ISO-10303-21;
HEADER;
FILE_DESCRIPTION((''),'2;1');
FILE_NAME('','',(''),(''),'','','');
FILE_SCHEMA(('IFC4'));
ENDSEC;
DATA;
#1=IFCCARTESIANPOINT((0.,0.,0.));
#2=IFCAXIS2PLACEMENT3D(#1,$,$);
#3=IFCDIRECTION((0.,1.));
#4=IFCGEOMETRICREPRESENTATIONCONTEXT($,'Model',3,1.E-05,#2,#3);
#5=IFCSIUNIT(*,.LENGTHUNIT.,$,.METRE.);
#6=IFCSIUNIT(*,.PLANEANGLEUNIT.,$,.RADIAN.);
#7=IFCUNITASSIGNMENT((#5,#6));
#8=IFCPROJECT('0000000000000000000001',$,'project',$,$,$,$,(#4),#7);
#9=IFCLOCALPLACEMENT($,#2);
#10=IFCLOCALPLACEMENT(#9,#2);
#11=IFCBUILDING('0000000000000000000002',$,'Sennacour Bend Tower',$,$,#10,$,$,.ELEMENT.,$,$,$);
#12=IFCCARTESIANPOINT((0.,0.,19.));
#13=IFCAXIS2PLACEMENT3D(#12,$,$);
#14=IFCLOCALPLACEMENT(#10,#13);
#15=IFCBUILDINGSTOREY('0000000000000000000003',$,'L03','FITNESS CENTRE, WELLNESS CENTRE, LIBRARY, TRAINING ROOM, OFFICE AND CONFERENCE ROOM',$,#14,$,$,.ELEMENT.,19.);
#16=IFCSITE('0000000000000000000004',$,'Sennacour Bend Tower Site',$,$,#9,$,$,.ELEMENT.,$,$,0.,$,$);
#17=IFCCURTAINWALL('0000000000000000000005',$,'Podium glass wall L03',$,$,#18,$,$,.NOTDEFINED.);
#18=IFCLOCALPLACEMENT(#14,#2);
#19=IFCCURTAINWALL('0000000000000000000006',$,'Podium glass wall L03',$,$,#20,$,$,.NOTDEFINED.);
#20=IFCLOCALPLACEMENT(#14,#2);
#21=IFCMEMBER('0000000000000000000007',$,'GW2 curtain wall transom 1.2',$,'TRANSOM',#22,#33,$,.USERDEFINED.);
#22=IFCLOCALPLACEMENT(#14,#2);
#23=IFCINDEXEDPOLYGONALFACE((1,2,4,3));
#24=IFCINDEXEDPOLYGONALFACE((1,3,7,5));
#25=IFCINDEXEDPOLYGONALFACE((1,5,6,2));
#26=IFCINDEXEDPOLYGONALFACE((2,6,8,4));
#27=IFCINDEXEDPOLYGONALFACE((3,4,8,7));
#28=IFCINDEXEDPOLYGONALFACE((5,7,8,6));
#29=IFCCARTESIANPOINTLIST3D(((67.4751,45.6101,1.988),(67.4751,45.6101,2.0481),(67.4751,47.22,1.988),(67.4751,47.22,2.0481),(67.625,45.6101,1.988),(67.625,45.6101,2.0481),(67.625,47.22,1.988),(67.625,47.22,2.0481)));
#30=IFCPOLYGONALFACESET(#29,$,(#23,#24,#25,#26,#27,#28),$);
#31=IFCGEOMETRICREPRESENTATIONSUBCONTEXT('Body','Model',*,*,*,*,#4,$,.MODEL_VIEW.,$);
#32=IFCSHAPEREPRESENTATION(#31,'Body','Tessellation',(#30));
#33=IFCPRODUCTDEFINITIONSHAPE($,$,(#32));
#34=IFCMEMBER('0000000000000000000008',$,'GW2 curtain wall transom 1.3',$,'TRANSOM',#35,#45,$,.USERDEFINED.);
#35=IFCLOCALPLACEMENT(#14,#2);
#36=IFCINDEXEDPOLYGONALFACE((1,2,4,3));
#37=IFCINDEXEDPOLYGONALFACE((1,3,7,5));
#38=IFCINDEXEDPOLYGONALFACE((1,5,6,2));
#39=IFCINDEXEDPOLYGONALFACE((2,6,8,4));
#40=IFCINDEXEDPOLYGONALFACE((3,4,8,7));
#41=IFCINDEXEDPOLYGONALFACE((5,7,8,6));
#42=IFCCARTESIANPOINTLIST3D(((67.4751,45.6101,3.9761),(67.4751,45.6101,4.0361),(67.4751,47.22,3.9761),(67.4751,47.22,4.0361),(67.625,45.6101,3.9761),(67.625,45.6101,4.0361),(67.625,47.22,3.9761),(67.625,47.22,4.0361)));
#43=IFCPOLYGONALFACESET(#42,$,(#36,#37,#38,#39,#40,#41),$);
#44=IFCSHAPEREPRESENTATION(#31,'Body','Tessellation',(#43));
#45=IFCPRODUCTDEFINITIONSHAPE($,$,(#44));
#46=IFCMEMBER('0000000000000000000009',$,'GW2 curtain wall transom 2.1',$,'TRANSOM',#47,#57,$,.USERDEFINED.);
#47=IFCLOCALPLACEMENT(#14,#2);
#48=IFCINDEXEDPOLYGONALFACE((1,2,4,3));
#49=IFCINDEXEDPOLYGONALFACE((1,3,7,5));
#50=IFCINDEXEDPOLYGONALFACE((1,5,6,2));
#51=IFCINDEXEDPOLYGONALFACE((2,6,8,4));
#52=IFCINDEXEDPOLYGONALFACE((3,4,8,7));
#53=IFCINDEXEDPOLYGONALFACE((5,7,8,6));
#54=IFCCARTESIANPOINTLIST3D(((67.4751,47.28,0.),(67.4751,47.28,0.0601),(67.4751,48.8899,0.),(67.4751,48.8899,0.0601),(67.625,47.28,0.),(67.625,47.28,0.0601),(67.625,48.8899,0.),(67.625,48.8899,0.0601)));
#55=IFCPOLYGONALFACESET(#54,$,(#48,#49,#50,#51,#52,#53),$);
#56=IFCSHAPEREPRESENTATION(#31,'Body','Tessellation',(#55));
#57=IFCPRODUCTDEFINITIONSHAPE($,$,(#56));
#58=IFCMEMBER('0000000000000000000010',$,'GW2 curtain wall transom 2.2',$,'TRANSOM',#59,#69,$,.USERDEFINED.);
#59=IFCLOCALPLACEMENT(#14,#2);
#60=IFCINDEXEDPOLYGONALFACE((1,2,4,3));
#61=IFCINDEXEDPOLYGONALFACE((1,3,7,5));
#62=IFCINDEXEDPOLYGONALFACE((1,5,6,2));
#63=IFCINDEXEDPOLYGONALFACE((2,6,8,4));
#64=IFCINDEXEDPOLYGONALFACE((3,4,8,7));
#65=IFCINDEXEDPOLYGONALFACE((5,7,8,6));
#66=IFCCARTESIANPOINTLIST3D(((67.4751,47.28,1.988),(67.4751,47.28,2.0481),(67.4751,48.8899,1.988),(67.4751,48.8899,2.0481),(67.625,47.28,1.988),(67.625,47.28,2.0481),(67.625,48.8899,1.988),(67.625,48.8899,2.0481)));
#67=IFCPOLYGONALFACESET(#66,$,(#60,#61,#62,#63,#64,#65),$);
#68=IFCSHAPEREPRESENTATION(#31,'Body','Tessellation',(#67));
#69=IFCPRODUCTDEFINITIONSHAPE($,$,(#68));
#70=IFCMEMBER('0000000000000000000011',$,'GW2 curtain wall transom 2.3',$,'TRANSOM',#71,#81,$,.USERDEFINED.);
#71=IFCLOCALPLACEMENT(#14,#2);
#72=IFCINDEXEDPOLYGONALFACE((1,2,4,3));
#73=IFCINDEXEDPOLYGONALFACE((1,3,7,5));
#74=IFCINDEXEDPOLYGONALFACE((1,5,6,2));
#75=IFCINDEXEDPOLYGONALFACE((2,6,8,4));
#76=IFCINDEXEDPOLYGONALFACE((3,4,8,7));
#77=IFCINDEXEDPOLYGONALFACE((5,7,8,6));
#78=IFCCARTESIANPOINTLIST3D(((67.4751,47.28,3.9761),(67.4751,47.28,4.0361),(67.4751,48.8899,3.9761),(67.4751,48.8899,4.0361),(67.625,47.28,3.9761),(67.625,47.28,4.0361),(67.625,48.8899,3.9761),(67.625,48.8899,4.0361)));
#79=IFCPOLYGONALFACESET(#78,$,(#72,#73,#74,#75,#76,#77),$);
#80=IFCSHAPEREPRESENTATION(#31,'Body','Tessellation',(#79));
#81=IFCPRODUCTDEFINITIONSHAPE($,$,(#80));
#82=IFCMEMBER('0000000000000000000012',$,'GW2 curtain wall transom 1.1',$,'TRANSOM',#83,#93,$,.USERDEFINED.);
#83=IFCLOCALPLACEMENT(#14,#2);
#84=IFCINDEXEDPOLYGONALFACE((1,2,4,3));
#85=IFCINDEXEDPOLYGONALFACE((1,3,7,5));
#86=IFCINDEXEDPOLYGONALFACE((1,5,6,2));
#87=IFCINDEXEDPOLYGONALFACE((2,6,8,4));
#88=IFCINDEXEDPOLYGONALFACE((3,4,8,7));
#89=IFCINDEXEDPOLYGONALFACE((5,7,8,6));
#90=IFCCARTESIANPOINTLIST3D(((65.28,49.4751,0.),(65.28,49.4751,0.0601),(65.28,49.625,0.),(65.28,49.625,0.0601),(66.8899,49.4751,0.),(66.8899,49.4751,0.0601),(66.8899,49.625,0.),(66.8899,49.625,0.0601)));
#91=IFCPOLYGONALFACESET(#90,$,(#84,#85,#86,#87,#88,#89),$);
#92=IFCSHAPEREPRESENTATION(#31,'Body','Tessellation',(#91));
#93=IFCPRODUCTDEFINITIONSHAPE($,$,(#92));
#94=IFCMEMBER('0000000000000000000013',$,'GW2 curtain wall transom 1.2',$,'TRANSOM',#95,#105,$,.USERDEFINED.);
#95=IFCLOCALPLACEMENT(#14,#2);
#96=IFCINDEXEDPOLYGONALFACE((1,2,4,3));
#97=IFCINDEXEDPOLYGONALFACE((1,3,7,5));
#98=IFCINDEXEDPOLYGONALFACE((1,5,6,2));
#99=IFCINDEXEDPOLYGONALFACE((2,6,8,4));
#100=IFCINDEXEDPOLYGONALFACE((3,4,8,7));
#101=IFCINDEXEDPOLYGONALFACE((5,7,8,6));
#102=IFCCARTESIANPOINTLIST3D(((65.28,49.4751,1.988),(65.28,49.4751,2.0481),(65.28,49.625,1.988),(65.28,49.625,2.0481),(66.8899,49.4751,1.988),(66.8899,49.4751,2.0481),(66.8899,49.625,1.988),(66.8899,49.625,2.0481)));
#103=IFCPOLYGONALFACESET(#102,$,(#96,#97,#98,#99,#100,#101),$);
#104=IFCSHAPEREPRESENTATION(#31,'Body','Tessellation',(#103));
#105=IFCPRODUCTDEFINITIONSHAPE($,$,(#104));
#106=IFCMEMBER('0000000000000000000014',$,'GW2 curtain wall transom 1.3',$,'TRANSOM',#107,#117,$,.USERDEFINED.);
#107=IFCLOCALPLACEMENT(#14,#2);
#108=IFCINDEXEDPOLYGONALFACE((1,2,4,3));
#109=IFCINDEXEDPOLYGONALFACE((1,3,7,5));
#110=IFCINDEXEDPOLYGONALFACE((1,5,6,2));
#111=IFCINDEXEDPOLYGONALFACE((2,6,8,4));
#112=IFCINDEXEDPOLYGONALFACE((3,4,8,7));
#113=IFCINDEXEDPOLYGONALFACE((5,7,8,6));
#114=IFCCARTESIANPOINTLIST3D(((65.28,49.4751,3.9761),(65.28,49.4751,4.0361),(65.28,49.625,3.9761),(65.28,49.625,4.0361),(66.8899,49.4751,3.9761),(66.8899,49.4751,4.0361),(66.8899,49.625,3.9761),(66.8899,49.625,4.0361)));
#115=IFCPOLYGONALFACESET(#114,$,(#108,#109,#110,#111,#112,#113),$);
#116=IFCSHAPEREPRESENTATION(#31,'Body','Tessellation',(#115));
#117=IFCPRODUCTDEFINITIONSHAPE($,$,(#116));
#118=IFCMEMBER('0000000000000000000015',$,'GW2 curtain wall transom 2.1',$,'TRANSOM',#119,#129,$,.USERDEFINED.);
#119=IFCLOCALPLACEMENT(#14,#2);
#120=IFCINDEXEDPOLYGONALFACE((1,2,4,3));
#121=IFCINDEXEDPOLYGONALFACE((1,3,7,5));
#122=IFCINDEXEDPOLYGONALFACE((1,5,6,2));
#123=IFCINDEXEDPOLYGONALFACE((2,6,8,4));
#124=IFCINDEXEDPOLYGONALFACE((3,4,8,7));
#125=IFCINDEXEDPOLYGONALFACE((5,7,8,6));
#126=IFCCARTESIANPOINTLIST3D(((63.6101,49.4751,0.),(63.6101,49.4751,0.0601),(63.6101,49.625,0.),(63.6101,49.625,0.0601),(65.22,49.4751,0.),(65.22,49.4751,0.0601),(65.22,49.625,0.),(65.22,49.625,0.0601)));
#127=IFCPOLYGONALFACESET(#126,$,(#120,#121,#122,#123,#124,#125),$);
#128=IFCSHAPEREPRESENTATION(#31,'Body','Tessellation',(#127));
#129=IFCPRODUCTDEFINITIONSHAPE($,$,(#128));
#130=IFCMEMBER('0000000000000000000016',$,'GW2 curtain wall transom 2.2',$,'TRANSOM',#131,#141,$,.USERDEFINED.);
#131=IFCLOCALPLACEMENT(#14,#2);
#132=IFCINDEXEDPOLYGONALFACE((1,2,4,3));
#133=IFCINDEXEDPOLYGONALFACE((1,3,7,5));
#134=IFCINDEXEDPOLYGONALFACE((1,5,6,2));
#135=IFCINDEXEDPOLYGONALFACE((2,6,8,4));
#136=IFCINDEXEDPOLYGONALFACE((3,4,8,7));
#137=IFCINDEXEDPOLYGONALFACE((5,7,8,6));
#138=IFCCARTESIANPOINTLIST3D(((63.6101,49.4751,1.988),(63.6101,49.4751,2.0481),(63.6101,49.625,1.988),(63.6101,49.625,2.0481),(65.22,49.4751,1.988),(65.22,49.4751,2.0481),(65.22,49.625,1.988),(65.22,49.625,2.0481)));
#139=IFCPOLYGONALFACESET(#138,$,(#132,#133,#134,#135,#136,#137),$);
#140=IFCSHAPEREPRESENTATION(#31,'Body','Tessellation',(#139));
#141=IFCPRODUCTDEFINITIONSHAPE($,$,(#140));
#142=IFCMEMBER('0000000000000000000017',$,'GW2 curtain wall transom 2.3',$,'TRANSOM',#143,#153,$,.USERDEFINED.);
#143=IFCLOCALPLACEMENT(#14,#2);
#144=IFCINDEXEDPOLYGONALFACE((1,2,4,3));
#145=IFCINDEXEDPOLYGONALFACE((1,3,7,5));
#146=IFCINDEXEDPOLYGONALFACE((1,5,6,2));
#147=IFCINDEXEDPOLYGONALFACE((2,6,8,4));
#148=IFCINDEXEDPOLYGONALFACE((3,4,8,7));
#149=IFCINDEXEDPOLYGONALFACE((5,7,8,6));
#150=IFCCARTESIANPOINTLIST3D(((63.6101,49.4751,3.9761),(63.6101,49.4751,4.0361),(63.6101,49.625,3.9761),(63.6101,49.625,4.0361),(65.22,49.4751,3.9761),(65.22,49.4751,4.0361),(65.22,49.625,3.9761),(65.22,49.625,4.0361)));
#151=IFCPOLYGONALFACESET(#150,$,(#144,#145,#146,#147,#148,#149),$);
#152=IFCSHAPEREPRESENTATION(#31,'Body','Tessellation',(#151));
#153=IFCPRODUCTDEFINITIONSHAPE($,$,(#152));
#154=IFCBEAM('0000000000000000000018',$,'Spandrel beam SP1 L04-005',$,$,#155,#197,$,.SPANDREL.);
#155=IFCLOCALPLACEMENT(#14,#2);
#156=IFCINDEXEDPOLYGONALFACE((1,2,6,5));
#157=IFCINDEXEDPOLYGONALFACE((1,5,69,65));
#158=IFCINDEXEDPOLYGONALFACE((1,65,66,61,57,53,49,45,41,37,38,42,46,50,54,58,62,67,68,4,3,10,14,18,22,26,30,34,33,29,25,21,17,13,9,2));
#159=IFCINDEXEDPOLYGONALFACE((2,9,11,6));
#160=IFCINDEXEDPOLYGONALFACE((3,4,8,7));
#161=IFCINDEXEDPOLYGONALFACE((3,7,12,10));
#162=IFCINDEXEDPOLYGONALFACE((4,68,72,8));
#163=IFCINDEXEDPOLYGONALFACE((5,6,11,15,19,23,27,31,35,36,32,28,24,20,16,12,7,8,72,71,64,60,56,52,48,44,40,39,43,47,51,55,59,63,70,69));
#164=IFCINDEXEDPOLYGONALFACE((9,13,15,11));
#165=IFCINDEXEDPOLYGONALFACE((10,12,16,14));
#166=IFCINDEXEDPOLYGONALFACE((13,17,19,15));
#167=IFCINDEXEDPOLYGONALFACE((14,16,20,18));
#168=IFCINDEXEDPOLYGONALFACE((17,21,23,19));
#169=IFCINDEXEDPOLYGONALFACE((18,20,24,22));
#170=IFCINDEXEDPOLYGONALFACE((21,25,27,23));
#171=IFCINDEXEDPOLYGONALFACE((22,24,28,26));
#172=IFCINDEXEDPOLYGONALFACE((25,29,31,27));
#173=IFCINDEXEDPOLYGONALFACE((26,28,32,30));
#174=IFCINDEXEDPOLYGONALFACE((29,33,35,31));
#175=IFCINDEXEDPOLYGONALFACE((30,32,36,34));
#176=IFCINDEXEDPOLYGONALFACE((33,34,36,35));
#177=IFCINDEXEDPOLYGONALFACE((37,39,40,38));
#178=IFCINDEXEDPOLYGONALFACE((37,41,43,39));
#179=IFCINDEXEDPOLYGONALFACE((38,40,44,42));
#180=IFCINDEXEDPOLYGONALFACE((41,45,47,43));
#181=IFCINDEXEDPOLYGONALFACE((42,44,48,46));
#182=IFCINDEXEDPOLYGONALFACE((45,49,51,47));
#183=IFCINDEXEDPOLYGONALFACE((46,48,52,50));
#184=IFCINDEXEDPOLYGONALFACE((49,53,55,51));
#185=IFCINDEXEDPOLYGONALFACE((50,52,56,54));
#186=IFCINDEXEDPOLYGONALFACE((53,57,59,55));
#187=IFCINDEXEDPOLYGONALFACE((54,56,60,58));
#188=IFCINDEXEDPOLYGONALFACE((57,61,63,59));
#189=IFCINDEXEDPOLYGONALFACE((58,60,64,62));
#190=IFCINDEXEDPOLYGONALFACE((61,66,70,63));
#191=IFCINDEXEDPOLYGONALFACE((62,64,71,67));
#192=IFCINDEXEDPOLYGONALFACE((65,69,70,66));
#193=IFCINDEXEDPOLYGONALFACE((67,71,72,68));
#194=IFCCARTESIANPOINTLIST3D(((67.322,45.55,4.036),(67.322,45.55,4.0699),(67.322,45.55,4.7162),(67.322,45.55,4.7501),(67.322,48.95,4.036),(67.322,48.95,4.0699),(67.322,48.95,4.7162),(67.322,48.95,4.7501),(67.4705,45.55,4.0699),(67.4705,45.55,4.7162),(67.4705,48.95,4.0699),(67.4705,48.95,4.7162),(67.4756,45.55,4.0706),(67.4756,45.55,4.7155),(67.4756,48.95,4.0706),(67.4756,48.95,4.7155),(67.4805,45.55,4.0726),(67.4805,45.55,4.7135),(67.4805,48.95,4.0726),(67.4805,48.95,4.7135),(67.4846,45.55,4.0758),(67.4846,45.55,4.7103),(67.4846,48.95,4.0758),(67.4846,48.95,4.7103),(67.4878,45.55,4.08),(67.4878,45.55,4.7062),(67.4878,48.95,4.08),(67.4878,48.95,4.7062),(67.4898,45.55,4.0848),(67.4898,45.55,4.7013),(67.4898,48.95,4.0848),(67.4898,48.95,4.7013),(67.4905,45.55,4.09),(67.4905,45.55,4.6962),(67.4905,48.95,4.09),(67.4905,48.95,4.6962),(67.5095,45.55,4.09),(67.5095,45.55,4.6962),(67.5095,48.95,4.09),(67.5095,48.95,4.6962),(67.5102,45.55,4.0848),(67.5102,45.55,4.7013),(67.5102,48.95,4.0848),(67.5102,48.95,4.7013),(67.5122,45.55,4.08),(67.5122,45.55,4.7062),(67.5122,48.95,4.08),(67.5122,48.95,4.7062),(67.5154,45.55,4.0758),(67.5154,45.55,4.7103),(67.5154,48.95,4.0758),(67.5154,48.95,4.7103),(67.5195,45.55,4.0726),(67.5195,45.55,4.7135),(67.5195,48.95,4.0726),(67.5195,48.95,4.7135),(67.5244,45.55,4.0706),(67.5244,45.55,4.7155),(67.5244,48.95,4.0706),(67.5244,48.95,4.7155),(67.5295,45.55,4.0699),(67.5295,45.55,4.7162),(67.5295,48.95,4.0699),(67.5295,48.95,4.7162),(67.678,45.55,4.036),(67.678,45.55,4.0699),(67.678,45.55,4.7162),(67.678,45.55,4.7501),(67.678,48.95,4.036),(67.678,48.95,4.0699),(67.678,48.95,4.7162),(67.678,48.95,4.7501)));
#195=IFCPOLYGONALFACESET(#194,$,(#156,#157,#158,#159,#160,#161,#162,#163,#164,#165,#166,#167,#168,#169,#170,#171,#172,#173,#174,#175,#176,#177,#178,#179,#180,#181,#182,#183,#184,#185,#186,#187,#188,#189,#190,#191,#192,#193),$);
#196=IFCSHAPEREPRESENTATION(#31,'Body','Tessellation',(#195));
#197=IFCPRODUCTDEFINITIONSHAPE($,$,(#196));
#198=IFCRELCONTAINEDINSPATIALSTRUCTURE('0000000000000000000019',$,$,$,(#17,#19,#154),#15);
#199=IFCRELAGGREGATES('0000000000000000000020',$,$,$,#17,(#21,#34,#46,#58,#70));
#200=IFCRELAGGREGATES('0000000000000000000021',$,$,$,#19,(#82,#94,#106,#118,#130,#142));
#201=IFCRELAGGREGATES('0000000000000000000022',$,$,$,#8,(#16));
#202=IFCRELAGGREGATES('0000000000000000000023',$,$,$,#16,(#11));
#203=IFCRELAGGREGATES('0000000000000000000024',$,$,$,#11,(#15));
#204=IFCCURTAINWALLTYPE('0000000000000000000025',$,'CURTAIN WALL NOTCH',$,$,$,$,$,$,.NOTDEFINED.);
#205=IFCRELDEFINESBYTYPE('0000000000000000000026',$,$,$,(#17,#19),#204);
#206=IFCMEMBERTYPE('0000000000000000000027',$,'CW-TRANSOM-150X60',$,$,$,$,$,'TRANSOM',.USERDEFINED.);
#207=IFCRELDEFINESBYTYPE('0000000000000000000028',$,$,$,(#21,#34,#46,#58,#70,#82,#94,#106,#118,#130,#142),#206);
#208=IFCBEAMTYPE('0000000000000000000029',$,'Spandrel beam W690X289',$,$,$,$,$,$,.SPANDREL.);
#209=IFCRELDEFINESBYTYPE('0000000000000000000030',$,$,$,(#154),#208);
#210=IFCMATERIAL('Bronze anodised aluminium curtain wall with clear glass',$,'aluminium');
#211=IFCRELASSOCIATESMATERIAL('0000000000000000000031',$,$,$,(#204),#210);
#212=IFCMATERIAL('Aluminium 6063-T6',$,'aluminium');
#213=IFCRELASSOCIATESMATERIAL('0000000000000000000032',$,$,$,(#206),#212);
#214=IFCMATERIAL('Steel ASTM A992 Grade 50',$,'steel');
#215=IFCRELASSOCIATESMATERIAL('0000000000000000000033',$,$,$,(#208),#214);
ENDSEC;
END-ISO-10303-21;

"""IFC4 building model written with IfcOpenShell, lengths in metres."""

from ifc_helpers import new_model, si_unit, direction, frame, origin, origin_2d, place, context, subcontext, project, spatial, rectangle, i_section, extrude, material, material_profile, profile_set, type_object, element, aggregate, save


model = new_model("IFC4")

# Units and contexts
model_context = context("Model", 3, precision=1e-05, world=origin(), true_north=direction((0.0, 1.0)))
body_context = subcontext(model_context, "Body", "Model", "MODEL_VIEW")
ifc_project = project(units=[si_unit("LENGTHUNIT", "METRE"), si_unit("PLANEANGLEUNIT", "RADIAN")], contexts=[model_context])

# Site, building, storey
site_placement = place(None, origin())
site = spatial("IfcSite", under=ifc_project, at=site_placement, Name="Sennacour Bend Tower Site", CompositionType="ELEMENT", RefElevation=0.0)
building_placement = place(site_placement, origin())
building = spatial("IfcBuilding", under=site, at=building_placement, Name="Sennacour Bend Tower", CompositionType="ELEMENT")
storey_placement = place(building_placement, frame((0.0, 0.0, 19.0)))
storey = spatial("IfcBuildingStorey", under=building, at=storey_placement, Name="L03", Description="FITNESS CENTRE, WELLNESS CENTRE, LIBRARY, TRAINING ROOM, OFFICE AND CONFERENCE ROOM", CompositionType="ELEMENT", Elevation=19.0)

# Curtain walls
ifc_material_1 = material(Name="Bronze anodised aluminium curtain wall with clear glass", Category="aluminium")
curtain_wall_type = type_object("IfcCurtainWallType", Name="CURTAIN WALL NOTCH", PredefinedType="NOTDEFINED", material=ifc_material_1)
ifc_material_2 = material(Name="Aluminium 6063-T6", Category="aluminium")
curtain_wall_1_placement = place(storey_placement, origin())
curtain_wall_1 = element("IfcCurtainWall", 1, at=curtain_wall_1_placement, inside=storey, type_object=curtain_wall_type, Name="Podium glass wall L03", PredefinedType="NOTDEFINED")
curtain_wall_2_placement = place(storey_placement, origin())
curtain_wall_2 = element("IfcCurtainWall", 2, at=curtain_wall_2_placement, inside=storey, type_object=curtain_wall_type, Name="Podium glass wall L03", PredefinedType="NOTDEFINED")

# Members
ifc_material_profile_1 = material_profile(ifc_material_2, rectangle(XDim=0.1499, YDim=0.0601, at=origin_2d()), Name="Aluminium 6063-T6", Category="aluminium")
ifc_profile_set_1 = profile_set([ifc_material_profile_1], Name="Aluminium 6063-T6")
member_type_1 = type_object("IfcMemberType", Name="CW-TRANSOM-150X60", ElementType="TRANSOM", PredefinedType="USERDEFINED", material=ifc_profile_set_1)
member_1_placement = place(storey_placement, frame((67.55, 45.6101, 2.0181), z_axis=(0.0, 1.0, 0.0), x_axis=(-1.0, 0.0, 0.0)))
member_1 = element("IfcMember", 3, at=member_1_placement, type_object=member_type_1, Name="GW2 curtain wall transom 1.2", ObjectType="TRANSOM", PredefinedType="USERDEFINED", context=body_context, shape_type="SweptSolid", body=[
    extrude(rectangle(XDim=0.1499, YDim=0.0601, at=origin_2d()), origin(), (0.0, 0.0, 1.0), 1.6099),
])
member_2_placement = place(storey_placement, frame((67.55, 45.6101, 4.0061), z_axis=(0.0, 1.0, 0.0), x_axis=(-1.0, 0.0, 0.0)))
member_2 = element("IfcMember", 4, at=member_2_placement, type_object=member_type_1, Name="GW2 curtain wall transom 1.3", ObjectType="TRANSOM", PredefinedType="USERDEFINED", context=body_context, shape_type="SweptSolid", body=[
    extrude(rectangle(XDim=0.1499, YDim=0.0601, at=origin_2d()), origin(), (0.0, 0.0, 1.0), 1.6099),
])
member_3_placement = place(storey_placement, frame((67.55, 47.28, 0.03), z_axis=(0.0, 1.0, 0.0), x_axis=(-1.0, 0.0, 0.0)))
member_3 = element("IfcMember", 5, at=member_3_placement, type_object=member_type_1, Name="GW2 curtain wall transom 2.1", ObjectType="TRANSOM", PredefinedType="USERDEFINED", context=body_context, shape_type="SweptSolid", body=[
    extrude(rectangle(XDim=0.1499, YDim=0.0601, at=origin_2d()), origin(), (0.0, 0.0, 1.0), 1.6099),
])
member_4_placement = place(storey_placement, frame((67.55, 47.28, 2.0181), z_axis=(0.0, 1.0, 0.0), x_axis=(-1.0, 0.0, 0.0)))
member_4 = element("IfcMember", 6, at=member_4_placement, type_object=member_type_1, Name="GW2 curtain wall transom 2.2", ObjectType="TRANSOM", PredefinedType="USERDEFINED", context=body_context, shape_type="SweptSolid", body=[
    extrude(rectangle(XDim=0.1499, YDim=0.0601, at=origin_2d()), origin(), (0.0, 0.0, 1.0), 1.6099),
])
member_5_placement = place(storey_placement, frame((67.55, 47.28, 4.0061), z_axis=(0.0, 1.0, 0.0), x_axis=(-1.0, 0.0, 0.0)))
member_5 = element("IfcMember", 7, at=member_5_placement, type_object=member_type_1, Name="GW2 curtain wall transom 2.3", ObjectType="TRANSOM", PredefinedType="USERDEFINED", context=body_context, shape_type="SweptSolid", body=[
    extrude(rectangle(XDim=0.1499, YDim=0.0601, at=origin_2d()), origin(), (0.0, 0.0, 1.0), 1.6099),
])
member_6_placement = place(storey_placement, frame((66.8899, 49.55, 0.03), z_axis=(-1.0, 0.0, 0.0), x_axis=(0.0, -1.0, 0.0)))
member_6 = element("IfcMember", 8, at=member_6_placement, type_object=member_type_1, Name="GW2 curtain wall transom 1.1", ObjectType="TRANSOM", PredefinedType="USERDEFINED", context=body_context, shape_type="SweptSolid", body=[
    extrude(rectangle(XDim=0.1499, YDim=0.0601, at=origin_2d()), origin(), (0.0, 0.0, 1.0), 1.6099),
])
member_7_placement = place(storey_placement, frame((66.8899, 49.55, 2.0181), z_axis=(-1.0, 0.0, 0.0), x_axis=(0.0, -1.0, 0.0)))
member_7 = element("IfcMember", 9, at=member_7_placement, type_object=member_type_1, Name="GW2 curtain wall transom 1.2", ObjectType="TRANSOM", PredefinedType="USERDEFINED", context=body_context, shape_type="SweptSolid", body=[
    extrude(rectangle(XDim=0.1499, YDim=0.0601, at=origin_2d()), origin(), (0.0, 0.0, 1.0), 1.6099),
])
member_8_placement = place(storey_placement, frame((66.8899, 49.55, 4.0061), z_axis=(-1.0, 0.0, 0.0), x_axis=(0.0, -1.0, 0.0)))
member_8 = element("IfcMember", 10, at=member_8_placement, type_object=member_type_1, Name="GW2 curtain wall transom 1.3", ObjectType="TRANSOM", PredefinedType="USERDEFINED", context=body_context, shape_type="SweptSolid", body=[
    extrude(rectangle(XDim=0.1499, YDim=0.0601, at=origin_2d()), origin(), (0.0, 0.0, 1.0), 1.6099),
])
member_9_placement = place(storey_placement, frame((65.22, 49.55, 0.03), z_axis=(-1.0, 0.0, 0.0), x_axis=(0.0, -1.0, 0.0)))
member_9 = element("IfcMember", 11, at=member_9_placement, type_object=member_type_1, Name="GW2 curtain wall transom 2.1", ObjectType="TRANSOM", PredefinedType="USERDEFINED", context=body_context, shape_type="SweptSolid", body=[
    extrude(rectangle(XDim=0.1499, YDim=0.0601, at=origin_2d()), origin(), (0.0, 0.0, 1.0), 1.6099),
])
member_10_placement = place(storey_placement, frame((65.22, 49.55, 2.0181), z_axis=(-1.0, 0.0, 0.0), x_axis=(0.0, -1.0, 0.0)))
member_10 = element("IfcMember", 12, at=member_10_placement, type_object=member_type_1, Name="GW2 curtain wall transom 2.2", ObjectType="TRANSOM", PredefinedType="USERDEFINED", context=body_context, shape_type="SweptSolid", body=[
    extrude(rectangle(XDim=0.1499, YDim=0.0601, at=origin_2d()), origin(), (0.0, 0.0, 1.0), 1.6099),
])
member_11_placement = place(storey_placement, frame((65.22, 49.55, 4.0061), z_axis=(-1.0, 0.0, 0.0), x_axis=(0.0, -1.0, 0.0)))
member_11 = element("IfcMember", 13, at=member_11_placement, type_object=member_type_1, Name="GW2 curtain wall transom 2.3", ObjectType="TRANSOM", PredefinedType="USERDEFINED", context=body_context, shape_type="SweptSolid", body=[
    extrude(rectangle(XDim=0.1499, YDim=0.0601, at=origin_2d()), origin(), (0.0, 0.0, 1.0), 1.6099),
])

# Beam
ifc_material_3 = material(Name="Steel ASTM A992 Grade 50", Category="steel")
ifc_material_profile_2 = material_profile(ifc_material_3, i_section(OverallWidth=0.356, OverallDepth=0.7141, WebThickness=0.019, FlangeThickness=0.0339, FilletRadius=0.02, at=origin_2d()), Name="Steel ASTM A992 Grade 50", Category="steel")
ifc_profile_set_2 = profile_set([ifc_material_profile_2], Name="Steel ASTM A992 Grade 50")
beam_type = type_object("IfcBeamType", Name="Spandrel beam W690X289", PredefinedType="SPANDREL", material=ifc_profile_set_2)
for number, where, z_axis, x_axis, name in (
    (14, (67.5, 45.55, 4.3931), (0.0, 1.0, 0.0), (-1.0, 0.0, 0.0), "Spandrel beam SP1 L04-005"),
):
    element("IfcBeam", number, at=place(storey_placement, frame(where, z_axis=z_axis, x_axis=x_axis)), inside=storey, type_object=beam_type, Name=name, PredefinedType="SPANDREL", context=body_context, shape_type="SweptSolid", body=[
        extrude(i_section(OverallWidth=0.356, OverallDepth=0.7141, WebThickness=0.019, FlangeThickness=0.0339, FilletRadius=0.02, at=origin_2d()), origin(), (0.0, 0.0, 1.0), 3.3999),
    ])

aggregate(curtain_wall_1, [member_1, member_2, member_3, member_4, member_5])
aggregate(curtain_wall_2, [member_6, member_7, member_8, member_9, member_10, member_11])

save(model, "model.ifc")
